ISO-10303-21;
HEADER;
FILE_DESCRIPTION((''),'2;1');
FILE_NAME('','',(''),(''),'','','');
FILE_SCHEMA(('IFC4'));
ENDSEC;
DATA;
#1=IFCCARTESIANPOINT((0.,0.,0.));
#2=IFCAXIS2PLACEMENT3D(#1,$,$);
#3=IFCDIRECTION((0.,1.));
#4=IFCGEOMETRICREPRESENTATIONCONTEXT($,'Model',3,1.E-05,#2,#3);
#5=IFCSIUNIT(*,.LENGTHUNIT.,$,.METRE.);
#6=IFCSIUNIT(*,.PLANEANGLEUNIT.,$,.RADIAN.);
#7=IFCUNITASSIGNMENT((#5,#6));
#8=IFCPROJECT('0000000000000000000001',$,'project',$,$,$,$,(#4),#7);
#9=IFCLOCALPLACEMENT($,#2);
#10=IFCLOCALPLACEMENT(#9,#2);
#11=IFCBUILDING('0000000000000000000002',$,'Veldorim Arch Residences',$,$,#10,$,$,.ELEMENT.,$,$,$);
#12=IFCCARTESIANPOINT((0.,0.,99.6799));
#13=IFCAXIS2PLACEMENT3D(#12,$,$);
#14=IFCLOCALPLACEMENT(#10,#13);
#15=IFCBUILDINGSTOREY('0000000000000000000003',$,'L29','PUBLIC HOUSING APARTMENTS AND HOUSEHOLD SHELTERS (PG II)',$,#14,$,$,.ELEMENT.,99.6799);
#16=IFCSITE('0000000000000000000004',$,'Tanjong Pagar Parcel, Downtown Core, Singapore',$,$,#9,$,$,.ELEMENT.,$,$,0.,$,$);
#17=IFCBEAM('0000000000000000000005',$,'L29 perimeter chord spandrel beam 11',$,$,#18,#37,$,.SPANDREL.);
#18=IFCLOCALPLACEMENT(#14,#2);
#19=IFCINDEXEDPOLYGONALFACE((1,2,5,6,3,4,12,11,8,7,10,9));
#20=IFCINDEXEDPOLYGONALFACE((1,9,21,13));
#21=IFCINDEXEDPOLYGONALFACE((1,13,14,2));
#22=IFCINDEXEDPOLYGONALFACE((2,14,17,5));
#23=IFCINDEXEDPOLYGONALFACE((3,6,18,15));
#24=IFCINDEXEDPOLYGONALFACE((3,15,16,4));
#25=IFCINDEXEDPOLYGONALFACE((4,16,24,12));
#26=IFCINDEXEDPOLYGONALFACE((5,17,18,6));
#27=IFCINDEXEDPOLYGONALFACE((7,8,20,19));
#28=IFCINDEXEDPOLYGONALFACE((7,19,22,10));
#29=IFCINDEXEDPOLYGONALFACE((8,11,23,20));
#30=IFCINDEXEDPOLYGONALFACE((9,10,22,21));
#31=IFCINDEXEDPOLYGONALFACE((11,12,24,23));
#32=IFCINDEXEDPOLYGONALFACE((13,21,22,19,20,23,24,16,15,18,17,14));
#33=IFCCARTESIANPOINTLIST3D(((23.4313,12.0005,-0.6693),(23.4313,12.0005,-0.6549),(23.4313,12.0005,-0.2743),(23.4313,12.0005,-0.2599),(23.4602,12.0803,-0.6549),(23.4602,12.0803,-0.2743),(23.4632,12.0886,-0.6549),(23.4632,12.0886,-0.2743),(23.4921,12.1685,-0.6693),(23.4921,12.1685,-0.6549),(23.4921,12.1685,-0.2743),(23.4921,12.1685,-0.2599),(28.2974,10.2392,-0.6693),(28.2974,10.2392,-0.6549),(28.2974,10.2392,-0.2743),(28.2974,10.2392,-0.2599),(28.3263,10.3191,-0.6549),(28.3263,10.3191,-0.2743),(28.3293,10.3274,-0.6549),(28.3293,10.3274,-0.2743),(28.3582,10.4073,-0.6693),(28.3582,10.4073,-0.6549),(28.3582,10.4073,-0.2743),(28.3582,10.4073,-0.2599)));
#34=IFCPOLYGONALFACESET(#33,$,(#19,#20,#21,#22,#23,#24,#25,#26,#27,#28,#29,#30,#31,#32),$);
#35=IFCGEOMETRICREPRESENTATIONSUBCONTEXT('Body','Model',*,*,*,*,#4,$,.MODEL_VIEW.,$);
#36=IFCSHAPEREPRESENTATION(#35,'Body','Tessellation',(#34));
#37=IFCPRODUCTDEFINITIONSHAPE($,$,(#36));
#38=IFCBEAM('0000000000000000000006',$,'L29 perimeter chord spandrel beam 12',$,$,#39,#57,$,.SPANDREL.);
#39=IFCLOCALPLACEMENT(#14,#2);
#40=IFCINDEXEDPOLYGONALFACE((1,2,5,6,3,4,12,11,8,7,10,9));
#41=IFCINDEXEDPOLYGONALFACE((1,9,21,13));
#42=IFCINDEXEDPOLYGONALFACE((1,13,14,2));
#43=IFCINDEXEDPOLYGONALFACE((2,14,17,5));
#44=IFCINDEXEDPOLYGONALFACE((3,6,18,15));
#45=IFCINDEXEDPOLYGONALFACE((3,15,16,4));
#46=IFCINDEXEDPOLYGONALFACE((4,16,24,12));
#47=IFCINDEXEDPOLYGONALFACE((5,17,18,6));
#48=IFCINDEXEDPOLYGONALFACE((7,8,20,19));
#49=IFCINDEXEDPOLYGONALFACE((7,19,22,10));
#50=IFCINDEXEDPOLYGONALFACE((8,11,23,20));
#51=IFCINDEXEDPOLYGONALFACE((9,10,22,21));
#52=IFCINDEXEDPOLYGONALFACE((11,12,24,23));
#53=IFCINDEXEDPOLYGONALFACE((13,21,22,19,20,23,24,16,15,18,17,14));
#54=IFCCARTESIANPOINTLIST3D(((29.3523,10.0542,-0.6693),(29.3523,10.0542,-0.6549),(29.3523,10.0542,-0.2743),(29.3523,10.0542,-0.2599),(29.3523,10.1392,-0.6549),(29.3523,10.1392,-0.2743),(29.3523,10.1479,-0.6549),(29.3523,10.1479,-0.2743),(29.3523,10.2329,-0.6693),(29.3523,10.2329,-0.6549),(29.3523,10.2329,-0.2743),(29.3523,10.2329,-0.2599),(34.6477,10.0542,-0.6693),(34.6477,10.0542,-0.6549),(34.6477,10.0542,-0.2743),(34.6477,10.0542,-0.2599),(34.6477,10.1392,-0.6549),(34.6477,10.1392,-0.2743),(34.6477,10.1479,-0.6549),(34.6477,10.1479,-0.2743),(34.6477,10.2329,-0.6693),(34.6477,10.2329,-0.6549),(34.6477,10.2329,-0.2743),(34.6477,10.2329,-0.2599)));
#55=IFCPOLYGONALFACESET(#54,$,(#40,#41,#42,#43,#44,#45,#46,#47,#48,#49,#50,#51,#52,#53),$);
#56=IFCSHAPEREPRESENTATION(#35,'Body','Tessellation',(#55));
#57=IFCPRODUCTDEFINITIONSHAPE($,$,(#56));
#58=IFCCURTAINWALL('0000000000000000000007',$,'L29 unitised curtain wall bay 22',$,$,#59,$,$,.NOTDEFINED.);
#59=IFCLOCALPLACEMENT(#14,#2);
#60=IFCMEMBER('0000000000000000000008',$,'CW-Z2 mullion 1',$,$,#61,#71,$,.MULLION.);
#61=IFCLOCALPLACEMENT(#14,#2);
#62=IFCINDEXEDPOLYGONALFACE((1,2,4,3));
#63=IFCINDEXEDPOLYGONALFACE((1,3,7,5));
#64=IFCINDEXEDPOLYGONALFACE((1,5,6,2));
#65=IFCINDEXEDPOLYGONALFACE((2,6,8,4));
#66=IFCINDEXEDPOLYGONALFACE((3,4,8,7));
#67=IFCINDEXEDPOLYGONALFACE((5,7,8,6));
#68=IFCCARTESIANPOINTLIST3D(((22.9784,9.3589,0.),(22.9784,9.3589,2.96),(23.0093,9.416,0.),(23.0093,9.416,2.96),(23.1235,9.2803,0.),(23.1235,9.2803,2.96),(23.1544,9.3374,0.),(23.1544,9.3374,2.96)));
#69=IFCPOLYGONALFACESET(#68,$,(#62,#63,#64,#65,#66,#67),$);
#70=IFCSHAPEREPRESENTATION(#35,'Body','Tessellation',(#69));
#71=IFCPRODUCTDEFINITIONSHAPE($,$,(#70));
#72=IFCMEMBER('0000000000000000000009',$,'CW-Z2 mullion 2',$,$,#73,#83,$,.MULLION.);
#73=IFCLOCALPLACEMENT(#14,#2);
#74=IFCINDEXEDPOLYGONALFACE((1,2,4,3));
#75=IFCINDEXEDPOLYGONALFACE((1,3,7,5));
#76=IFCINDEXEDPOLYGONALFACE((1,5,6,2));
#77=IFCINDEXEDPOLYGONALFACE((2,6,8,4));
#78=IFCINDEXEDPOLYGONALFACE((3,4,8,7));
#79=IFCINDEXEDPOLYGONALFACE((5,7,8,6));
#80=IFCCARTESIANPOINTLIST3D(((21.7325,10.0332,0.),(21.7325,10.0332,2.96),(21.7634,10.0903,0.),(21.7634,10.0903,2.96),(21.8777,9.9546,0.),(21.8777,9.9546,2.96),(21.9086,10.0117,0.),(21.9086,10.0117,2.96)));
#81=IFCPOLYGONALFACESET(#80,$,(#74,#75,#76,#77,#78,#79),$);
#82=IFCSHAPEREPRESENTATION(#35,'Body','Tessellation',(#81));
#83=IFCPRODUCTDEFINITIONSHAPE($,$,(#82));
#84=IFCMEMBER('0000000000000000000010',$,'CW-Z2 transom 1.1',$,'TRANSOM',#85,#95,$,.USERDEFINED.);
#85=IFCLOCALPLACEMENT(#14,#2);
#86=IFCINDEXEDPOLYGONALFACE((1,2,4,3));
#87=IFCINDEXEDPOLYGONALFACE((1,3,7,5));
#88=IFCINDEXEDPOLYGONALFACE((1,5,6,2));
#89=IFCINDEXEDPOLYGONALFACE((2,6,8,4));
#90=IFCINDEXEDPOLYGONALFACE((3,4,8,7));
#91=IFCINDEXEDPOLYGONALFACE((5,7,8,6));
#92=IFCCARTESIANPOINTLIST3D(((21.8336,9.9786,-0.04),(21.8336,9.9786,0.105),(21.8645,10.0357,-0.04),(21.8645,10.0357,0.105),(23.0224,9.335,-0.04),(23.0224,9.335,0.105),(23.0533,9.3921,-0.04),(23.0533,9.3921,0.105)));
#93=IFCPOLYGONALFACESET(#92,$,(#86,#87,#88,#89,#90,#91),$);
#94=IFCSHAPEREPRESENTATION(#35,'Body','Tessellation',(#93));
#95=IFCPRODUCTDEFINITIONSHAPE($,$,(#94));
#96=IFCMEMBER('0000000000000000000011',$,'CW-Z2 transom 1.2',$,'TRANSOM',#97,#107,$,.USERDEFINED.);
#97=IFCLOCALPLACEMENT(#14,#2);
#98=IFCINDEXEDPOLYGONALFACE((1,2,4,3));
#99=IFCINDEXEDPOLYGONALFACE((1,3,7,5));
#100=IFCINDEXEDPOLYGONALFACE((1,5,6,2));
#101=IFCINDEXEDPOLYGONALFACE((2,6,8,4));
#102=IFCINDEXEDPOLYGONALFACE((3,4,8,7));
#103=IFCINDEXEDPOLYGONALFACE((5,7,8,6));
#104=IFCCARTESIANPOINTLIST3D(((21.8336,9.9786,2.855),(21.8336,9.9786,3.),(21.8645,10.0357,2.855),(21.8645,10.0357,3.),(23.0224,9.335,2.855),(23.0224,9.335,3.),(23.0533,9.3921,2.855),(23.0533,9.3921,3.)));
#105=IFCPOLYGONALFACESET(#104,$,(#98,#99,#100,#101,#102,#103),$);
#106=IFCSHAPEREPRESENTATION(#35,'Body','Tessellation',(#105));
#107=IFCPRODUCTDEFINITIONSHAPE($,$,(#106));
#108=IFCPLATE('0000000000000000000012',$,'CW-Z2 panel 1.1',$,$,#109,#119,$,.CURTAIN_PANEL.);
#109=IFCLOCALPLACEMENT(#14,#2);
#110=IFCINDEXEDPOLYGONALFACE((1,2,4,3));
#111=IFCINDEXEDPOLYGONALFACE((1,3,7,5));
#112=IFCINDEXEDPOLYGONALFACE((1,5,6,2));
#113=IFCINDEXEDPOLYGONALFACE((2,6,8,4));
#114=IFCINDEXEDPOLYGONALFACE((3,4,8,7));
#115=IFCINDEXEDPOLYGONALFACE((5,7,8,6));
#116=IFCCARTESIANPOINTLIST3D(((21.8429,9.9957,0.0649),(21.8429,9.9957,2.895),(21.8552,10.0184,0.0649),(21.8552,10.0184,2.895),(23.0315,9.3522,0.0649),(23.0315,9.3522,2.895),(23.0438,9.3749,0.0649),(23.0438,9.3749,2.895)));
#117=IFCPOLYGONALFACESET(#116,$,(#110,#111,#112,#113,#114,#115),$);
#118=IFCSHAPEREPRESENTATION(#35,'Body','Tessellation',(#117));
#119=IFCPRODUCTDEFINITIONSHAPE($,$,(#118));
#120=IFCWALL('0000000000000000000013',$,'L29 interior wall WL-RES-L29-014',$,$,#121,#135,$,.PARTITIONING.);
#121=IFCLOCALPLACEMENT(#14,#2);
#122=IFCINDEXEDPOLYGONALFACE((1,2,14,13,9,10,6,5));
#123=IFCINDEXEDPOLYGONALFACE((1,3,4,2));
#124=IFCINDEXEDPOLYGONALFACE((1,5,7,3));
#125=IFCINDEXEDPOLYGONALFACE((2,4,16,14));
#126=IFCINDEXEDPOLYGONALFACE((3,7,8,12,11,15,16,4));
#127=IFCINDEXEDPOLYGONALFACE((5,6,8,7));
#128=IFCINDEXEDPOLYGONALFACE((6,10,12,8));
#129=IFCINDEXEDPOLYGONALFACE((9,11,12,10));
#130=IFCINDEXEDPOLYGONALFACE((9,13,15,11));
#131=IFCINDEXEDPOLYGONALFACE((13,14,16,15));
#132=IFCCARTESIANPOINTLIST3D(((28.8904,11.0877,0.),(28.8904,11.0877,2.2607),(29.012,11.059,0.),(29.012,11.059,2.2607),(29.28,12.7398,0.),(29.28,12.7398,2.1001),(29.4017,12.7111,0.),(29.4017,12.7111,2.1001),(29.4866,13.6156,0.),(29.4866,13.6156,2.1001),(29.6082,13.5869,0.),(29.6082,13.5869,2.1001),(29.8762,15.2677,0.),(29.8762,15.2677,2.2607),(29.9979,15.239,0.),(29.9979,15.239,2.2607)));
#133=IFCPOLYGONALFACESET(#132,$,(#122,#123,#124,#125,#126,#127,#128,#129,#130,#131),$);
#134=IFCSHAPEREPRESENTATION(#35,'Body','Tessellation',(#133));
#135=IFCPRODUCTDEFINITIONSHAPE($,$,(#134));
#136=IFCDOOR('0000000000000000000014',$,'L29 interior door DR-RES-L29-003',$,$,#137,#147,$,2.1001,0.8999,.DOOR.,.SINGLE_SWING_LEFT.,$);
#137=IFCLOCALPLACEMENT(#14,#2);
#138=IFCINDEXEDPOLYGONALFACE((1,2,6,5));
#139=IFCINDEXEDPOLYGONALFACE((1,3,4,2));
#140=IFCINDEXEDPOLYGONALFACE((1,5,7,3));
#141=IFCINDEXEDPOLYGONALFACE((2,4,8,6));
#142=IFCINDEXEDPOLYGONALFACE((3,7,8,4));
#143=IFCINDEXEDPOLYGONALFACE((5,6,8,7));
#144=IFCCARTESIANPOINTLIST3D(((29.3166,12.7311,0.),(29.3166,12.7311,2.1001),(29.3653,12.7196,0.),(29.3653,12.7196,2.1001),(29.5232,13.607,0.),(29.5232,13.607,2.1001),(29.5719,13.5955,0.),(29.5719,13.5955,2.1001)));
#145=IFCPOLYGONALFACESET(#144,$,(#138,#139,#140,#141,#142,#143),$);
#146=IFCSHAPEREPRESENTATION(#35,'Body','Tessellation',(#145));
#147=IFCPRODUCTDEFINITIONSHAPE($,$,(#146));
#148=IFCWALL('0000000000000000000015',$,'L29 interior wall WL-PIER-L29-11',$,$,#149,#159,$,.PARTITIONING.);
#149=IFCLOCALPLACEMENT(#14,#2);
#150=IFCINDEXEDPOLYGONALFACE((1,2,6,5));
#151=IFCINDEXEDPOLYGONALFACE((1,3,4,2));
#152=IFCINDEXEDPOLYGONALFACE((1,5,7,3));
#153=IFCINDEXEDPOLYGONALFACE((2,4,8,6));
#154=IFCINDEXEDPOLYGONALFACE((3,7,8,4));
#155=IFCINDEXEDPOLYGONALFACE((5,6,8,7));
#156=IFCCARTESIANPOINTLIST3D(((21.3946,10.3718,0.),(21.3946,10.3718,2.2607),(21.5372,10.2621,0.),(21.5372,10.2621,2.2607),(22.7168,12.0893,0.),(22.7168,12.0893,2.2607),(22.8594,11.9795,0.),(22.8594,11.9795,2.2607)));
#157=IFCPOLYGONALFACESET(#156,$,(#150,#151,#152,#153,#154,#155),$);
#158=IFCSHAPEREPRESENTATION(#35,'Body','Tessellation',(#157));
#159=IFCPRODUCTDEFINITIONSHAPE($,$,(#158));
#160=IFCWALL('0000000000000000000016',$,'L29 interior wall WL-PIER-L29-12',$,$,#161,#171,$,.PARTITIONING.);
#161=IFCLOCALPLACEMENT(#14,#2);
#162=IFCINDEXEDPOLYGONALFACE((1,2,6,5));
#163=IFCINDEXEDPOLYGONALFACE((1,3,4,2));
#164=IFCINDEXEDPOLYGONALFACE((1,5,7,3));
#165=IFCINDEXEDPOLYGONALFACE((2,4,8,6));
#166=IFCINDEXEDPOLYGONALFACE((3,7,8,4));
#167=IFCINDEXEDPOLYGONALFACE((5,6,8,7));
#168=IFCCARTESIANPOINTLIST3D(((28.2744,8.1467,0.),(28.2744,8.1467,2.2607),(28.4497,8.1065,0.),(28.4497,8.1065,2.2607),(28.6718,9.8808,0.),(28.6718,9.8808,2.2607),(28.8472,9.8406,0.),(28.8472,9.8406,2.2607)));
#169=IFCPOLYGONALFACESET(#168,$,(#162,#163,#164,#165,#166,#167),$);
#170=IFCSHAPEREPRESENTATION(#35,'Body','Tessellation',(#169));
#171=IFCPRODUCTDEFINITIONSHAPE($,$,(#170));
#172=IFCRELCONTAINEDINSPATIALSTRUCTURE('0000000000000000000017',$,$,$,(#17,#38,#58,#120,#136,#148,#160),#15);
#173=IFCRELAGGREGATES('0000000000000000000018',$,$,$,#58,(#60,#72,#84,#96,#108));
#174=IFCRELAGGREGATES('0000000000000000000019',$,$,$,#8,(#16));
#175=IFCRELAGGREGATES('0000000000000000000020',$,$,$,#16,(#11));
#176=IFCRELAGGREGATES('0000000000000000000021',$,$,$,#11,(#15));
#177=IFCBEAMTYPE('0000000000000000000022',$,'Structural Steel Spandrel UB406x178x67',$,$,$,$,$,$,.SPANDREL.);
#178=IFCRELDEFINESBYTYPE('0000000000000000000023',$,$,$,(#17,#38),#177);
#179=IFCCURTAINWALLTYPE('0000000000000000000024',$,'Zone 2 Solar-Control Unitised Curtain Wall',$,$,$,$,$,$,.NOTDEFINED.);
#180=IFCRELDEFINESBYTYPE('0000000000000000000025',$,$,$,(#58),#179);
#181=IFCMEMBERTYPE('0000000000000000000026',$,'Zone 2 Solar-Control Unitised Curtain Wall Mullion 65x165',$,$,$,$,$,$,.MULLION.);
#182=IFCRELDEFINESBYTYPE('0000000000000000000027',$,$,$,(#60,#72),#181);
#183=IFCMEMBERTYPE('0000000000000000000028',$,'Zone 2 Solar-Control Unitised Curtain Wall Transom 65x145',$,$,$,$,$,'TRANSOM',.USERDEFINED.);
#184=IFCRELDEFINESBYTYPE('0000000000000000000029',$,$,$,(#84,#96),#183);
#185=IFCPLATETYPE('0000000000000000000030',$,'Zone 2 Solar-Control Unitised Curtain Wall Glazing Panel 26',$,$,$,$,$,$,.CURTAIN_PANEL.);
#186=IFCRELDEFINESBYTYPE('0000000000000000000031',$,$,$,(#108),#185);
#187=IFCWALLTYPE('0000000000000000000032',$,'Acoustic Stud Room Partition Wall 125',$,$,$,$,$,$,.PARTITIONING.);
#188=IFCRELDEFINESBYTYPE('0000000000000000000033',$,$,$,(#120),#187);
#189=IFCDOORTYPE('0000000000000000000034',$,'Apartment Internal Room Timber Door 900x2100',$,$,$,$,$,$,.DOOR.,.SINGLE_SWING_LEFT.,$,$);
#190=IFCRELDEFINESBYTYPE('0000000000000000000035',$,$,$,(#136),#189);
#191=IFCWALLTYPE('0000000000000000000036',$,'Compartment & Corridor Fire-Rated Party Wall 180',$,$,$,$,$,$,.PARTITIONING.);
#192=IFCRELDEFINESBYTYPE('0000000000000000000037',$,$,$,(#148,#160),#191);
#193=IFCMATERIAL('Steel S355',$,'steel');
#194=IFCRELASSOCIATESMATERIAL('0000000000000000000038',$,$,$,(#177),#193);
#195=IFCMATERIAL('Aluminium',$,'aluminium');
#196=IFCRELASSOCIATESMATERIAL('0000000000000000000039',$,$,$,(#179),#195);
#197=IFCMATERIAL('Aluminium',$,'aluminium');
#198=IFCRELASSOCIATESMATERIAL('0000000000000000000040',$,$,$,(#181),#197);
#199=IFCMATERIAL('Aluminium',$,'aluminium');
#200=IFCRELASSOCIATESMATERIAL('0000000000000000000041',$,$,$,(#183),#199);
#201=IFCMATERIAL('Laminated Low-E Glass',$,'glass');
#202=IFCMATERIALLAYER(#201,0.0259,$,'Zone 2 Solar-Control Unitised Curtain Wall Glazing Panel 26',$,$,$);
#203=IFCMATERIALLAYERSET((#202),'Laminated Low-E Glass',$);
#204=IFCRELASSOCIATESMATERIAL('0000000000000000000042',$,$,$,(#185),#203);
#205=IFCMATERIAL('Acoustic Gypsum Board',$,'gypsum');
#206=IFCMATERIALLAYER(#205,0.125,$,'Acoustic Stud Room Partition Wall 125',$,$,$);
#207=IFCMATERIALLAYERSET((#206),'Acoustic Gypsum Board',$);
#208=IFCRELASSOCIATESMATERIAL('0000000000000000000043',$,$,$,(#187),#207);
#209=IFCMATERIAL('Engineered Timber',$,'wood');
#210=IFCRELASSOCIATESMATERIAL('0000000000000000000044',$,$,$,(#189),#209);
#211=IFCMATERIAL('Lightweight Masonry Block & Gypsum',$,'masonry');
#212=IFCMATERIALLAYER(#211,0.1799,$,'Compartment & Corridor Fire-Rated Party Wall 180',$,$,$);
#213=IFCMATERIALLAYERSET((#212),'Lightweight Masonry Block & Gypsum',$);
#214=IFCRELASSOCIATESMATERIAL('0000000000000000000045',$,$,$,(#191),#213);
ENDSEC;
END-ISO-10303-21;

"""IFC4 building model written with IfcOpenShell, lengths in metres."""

from ifc_helpers import new_model, si_unit, direction, frame, frame_2d, origin, origin_2d, place, context, subcontext, project, spatial, rectangle, i_section, extrude, material, layer, layer_set, material_profile, profile_set, type_object, element, fill, aggregate, save


model = new_model("IFC4")

# Units and contexts
model_context = context("Model", 3, precision=1e-05, world=origin(), true_north=direction((0.0, 1.0)))
body_context = subcontext(model_context, "Body", "Model", "MODEL_VIEW")
ifc_project = project(units=[si_unit("LENGTHUNIT", "METRE"), si_unit("PLANEANGLEUNIT", "RADIAN")], contexts=[model_context])

# Site, building, storey
site_placement = place(None, origin())
site = spatial("IfcSite", under=ifc_project, at=site_placement, Name="Tanjong Pagar Parcel, Downtown Core, Singapore", CompositionType="ELEMENT", RefElevation=0.0)
building_placement = place(site_placement, origin())
building = spatial("IfcBuilding", under=site, at=building_placement, Name="Veldorim Arch Residences", CompositionType="ELEMENT")
storey_placement = place(building_placement, frame((0.0, 0.0, 99.6799)))
storey = spatial("IfcBuildingStorey", under=building, at=storey_placement, Name="L29", Description="PUBLIC HOUSING APARTMENTS AND HOUSEHOLD SHELTERS (PG II)", CompositionType="ELEMENT", Elevation=99.6799)

# Beams
ifc_material_1 = material(Name="Steel S355", Category="steel")
ifc_material_profile_1 = material_profile(ifc_material_1, i_section(OverallWidth=0.1787, OverallDepth=0.4094, WebThickness=0.0088, FlangeThickness=0.0144, at=origin_2d()), Name="UB406x178x67")
ifc_profile_set_1 = profile_set([ifc_material_profile_1], Name="Steel S355")
beam_type_1 = type_object("IfcBeamType", Name="Structural Steel Spandrel UB406x178x67", PredefinedType="SPANDREL", material=ifc_profile_set_1)
beam_1_placement = place(storey_placement, frame((23.4617, 12.0845, -0.4646), z_axis=(0.940308, -0.340326, 0.0), x_axis=(0.340326, 0.940308, 0.0)))
element("IfcBeam", 1, at=beam_1_placement, inside=storey, type_object=beam_type_1, Name="L29 perimeter chord spandrel beam 11", PredefinedType="SPANDREL", context=body_context, shape_type="SweptSolid", body=[
    extrude(i_section(OverallWidth=0.1787, OverallDepth=0.4094, WebThickness=0.0088, FlangeThickness=0.0144, at=origin_2d()), origin(), (0.0, 0.0, 1.0), 5.175),
])
beam_2_placement = place(storey_placement, frame((29.3523, 10.1436, -0.4646), z_axis=(1.0, 0.0, 0.0), x_axis=(0.0, 1.0, 0.0)))
element("IfcBeam", 2, at=beam_2_placement, inside=storey, type_object=beam_type_1, Name="L29 perimeter chord spandrel beam 12", PredefinedType="SPANDREL", context=body_context, shape_type="SweptSolid", body=[
    extrude(i_section(OverallWidth=0.1787, OverallDepth=0.4094, WebThickness=0.0088, FlangeThickness=0.0144, at=origin_2d()), origin(), (0.0, 0.0, 1.0), 5.2954),
])

# Curtain wall, members, plate
ifc_material_2 = material(Name="Aluminium", Category="aluminium")
curtain_wall_type = type_object("IfcCurtainWallType", Name="Zone 2 Solar-Control Unitised Curtain Wall", PredefinedType="NOTDEFINED", material=ifc_material_2)
curtain_wall_placement = place(storey_placement, origin())
curtain_wall = element("IfcCurtainWall", 3, at=curtain_wall_placement, inside=storey, type_object=curtain_wall_type, Name="L29 unitised curtain wall bay 22", PredefinedType="NOTDEFINED")
ifc_material_3 = material(Name="Aluminium", Category="aluminium")
ifc_material_profile_2 = material_profile(ifc_material_3, rectangle(XDim=0.0649, YDim=0.165, at=origin_2d()), Name="ALU_MUL_65x165")
ifc_profile_set_2 = profile_set([ifc_material_profile_2], Name="Aluminium")
member_type_1 = type_object("IfcMemberType", Name="Zone 2 Solar-Control Unitised Curtain Wall Mullion 65x165", PredefinedType="MULLION", material=ifc_profile_set_2)
member_1_placement = place(storey_placement, frame((23.0664, 9.3481, 0.0), z_axis=(0.0, 0.0, 1.0), x_axis=(-0.476096, -0.879393, 0.0)))
member_1 = element("IfcMember", 4, at=member_1_placement, type_object=member_type_1, Name="CW-Z2 mullion 1", PredefinedType="MULLION", context=body_context, shape_type="SweptSolid", body=[
    extrude(rectangle(XDim=0.0649, YDim=0.165, at=origin_2d()), origin(), (0.0, 0.0, 1.0), 2.96),
])
member_2_placement = place(storey_placement, frame((21.8206, 10.0225, 0.0), z_axis=(0.0, 0.0, 1.0), x_axis=(-0.476096, -0.879393, 0.0)))
member_2 = element("IfcMember", 5, at=member_2_placement, type_object=member_type_1, Name="CW-Z2 mullion 2", PredefinedType="MULLION", context=body_context, shape_type="SweptSolid", body=[
    extrude(rectangle(XDim=0.0649, YDim=0.165, at=origin_2d()), origin(), (0.0, 0.0, 1.0), 2.96),
])
ifc_material_4 = material(Name="Aluminium", Category="aluminium")
ifc_material_profile_3 = material_profile(ifc_material_4, rectangle(XDim=0.0649, YDim=0.145, at=origin_2d()), Name="ALU_TRN_65x145")
ifc_profile_set_3 = profile_set([ifc_material_profile_3], Name="Aluminium")
member_type_2 = type_object("IfcMemberType", Name="Zone 2 Solar-Control Unitised Curtain Wall Transom 65x145", ElementType="TRANSOM", PredefinedType="USERDEFINED", material=ifc_profile_set_3)
member_3_placement = place(storey_placement, frame((23.0378, 9.3635, 0.0325), z_axis=(-0.879396, 0.476091, 0.0), x_axis=(-0.476091, -0.879396, 0.0)))
member_3 = element("IfcMember", 6, at=member_3_placement, type_object=member_type_2, Name="CW-Z2 transom 1.1", ObjectType="TRANSOM", PredefinedType="USERDEFINED", context=body_context, shape_type="SweptSolid", body=[
    extrude(rectangle(XDim=0.0649, YDim=0.145, at=origin_2d()), origin(), (0.0, 0.0, 1.0), 1.3518),
])
member_4_placement = place(storey_placement, frame((23.0378, 9.3635, 2.9275), z_axis=(-0.879396, 0.476091, 0.0), x_axis=(-0.476091, -0.879396, 0.0)))
member_4 = element("IfcMember", 7, at=member_4_placement, type_object=member_type_2, Name="CW-Z2 transom 1.2", ObjectType="TRANSOM", PredefinedType="USERDEFINED", context=body_context, shape_type="SweptSolid", body=[
    extrude(rectangle(XDim=0.0649, YDim=0.145, at=origin_2d()), origin(), (0.0, 0.0, 1.0), 1.3518),
])
ifc_material_5 = material(Name="Laminated Low-E Glass", Category="glass")
ifc_layer_1 = layer(ifc_material_5, 0.0259, Name="Zone 2 Solar-Control Unitised Curtain Wall Glazing Panel 26")
ifc_layer_set_1 = layer_set([ifc_layer_1], Name="Laminated Low-E Glass")
plate_type = type_object("IfcPlateType", Name="Zone 2 Solar-Control Unitised Curtain Wall Glazing Panel 26", PredefinedType="CURTAIN_PANEL", material=ifc_layer_set_1)
plate_placement = place(storey_placement, frame((22.4434, 9.6853, 0.0649), z_axis=(0.0, 0.0, 1.0), x_axis=(-0.879393, 0.476096, 0.0)))
plate = element("IfcPlate", 8, at=plate_placement, type_object=plate_type, Name="CW-Z2 panel 1.1", PredefinedType="CURTAIN_PANEL", context=body_context, shape_type="SweptSolid", body=[
    extrude(rectangle(XDim=1.3516, YDim=0.0259, at=origin_2d()), origin(), (0.0, 0.0, 1.0), 2.8301),
])
aggregate(curtain_wall, [member_1, member_2, member_3, member_4, plate])

# Wall, opening, door
ifc_material_6 = material(Name="Acoustic Gypsum Board", Category="gypsum")
ifc_layer_2 = layer(ifc_material_6, 0.125, Name="Acoustic Stud Room Partition Wall 125")
ifc_layer_set_2 = layer_set([ifc_layer_2], Name="Acoustic Gypsum Board")
wall_type_1 = type_object("IfcWallType", Name="Acoustic Stud Room Partition Wall 125", PredefinedType="PARTITIONING", material=ifc_layer_set_2)
wall_1_placement = place(storey_placement, frame((28.9512, 11.0732, 0.0), z_axis=(0.0, 0.0, 1.0), x_axis=(0.229553, 0.973296, 0.0)))
wall_1 = element("IfcWall", 9, at=wall_1_placement, inside=storey, type_object=wall_type_1, Name="L29 interior wall WL-RES-L29-014", PredefinedType="PARTITIONING", context=body_context, shape_type="SweptSolid", body=[
    extrude(rectangle(XDim=4.2947, YDim=0.125, at=frame_2d((2.1475, 0.0))), origin(), (0.0, 0.0, 1.0), 2.2607),
])
opening_1_placement = place(wall_1_placement, frame((1.6975, 0.0, 0.0)))
opening_1 = element("IfcOpeningElement", 10, at=opening_1_placement, cuts=wall_1, PredefinedType="OPENING", context=body_context, shape_type="SweptSolid", body=[
    extrude(rectangle(XDim=0.8999, YDim=2.1001, at=frame_2d((0.45, 1.05))), frame((0.0, 0.0725, 0.0), z_axis=(0.0, -1.0, 0.0), x_axis=(1.0, 0.0, 0.0)), (0.0, 0.0, 1.0), 0.145),
])
ifc_material_7 = material(Name="Engineered Timber", Category="wood")
door_type = type_object("IfcDoorType", Name="Apartment Internal Room Timber Door 900x2100", OperationType="SINGLE_SWING_LEFT", PredefinedType="DOOR", material=ifc_material_7)
door_placement = place(opening_1_placement, origin())
door = element("IfcDoor", 11, at=door_placement, inside=storey, type_object=door_type, Name="L29 interior door DR-RES-L29-003", OperationType="SINGLE_SWING_LEFT", OverallHeight=2.1001, OverallWidth=0.8999, PredefinedType="DOOR", context=body_context, shape_type="SweptSolid", body=[
    extrude(rectangle(XDim=0.8999, YDim=2.1001, at=frame_2d((0.45, 1.05))), frame((0.0, 0.0249, 0.0), z_axis=(0.0, -1.0, 0.0), x_axis=(1.0, 0.0, 0.0)), (0.0, 0.0, 1.0), 0.05),
])
fill(opening_1, door)

# Walls
ifc_material_8 = material(Name="Lightweight Masonry Block & Gypsum", Category="masonry")
ifc_layer_3 = layer(ifc_material_8, 0.1799, Name="Compartment & Corridor Fire-Rated Party Wall 180")
ifc_layer_set_3 = layer_set([ifc_layer_3], Name="Lightweight Masonry Block & Gypsum")
wall_type_2 = type_object("IfcWallType", Name="Compartment & Corridor Fire-Rated Party Wall 180", PredefinedType="PARTITIONING", material=ifc_layer_set_3)
wall_2_placement = place(storey_placement, frame((22.7881, 12.0344, 0.0), z_axis=(0.0, 0.0, 1.0), x_axis=(-0.610026, -0.792381, 0.0)))
element("IfcWall", 12, at=wall_2_placement, inside=storey, type_object=wall_type_2, Name="L29 interior wall WL-PIER-L29-11", PredefinedType="PARTITIONING", context=body_context, shape_type="SweptSolid", body=[
    extrude(rectangle(XDim=2.1675, YDim=0.1799, at=frame_2d((1.0837, 0.0))), origin(), (0.0, 0.0, 1.0), 2.2607),
])
wall_3_placement = place(storey_placement, frame((28.7595, 9.8608, 0.0), z_axis=(0.0, 0.0, 1.0), x_axis=(-0.223406, -0.974725, 0.0)))
element("IfcWall", 13, at=wall_3_placement, inside=storey, type_object=wall_type_2, Name="L29 interior wall WL-PIER-L29-12", PredefinedType="PARTITIONING", context=body_context, shape_type="SweptSolid", body=[
    extrude(rectangle(XDim=1.7791, YDim=0.1799, at=frame_2d((0.8896, 0.0))), origin(), (0.0, 0.0, 1.0), 2.2607),
])

save(model, "model.ifc")
